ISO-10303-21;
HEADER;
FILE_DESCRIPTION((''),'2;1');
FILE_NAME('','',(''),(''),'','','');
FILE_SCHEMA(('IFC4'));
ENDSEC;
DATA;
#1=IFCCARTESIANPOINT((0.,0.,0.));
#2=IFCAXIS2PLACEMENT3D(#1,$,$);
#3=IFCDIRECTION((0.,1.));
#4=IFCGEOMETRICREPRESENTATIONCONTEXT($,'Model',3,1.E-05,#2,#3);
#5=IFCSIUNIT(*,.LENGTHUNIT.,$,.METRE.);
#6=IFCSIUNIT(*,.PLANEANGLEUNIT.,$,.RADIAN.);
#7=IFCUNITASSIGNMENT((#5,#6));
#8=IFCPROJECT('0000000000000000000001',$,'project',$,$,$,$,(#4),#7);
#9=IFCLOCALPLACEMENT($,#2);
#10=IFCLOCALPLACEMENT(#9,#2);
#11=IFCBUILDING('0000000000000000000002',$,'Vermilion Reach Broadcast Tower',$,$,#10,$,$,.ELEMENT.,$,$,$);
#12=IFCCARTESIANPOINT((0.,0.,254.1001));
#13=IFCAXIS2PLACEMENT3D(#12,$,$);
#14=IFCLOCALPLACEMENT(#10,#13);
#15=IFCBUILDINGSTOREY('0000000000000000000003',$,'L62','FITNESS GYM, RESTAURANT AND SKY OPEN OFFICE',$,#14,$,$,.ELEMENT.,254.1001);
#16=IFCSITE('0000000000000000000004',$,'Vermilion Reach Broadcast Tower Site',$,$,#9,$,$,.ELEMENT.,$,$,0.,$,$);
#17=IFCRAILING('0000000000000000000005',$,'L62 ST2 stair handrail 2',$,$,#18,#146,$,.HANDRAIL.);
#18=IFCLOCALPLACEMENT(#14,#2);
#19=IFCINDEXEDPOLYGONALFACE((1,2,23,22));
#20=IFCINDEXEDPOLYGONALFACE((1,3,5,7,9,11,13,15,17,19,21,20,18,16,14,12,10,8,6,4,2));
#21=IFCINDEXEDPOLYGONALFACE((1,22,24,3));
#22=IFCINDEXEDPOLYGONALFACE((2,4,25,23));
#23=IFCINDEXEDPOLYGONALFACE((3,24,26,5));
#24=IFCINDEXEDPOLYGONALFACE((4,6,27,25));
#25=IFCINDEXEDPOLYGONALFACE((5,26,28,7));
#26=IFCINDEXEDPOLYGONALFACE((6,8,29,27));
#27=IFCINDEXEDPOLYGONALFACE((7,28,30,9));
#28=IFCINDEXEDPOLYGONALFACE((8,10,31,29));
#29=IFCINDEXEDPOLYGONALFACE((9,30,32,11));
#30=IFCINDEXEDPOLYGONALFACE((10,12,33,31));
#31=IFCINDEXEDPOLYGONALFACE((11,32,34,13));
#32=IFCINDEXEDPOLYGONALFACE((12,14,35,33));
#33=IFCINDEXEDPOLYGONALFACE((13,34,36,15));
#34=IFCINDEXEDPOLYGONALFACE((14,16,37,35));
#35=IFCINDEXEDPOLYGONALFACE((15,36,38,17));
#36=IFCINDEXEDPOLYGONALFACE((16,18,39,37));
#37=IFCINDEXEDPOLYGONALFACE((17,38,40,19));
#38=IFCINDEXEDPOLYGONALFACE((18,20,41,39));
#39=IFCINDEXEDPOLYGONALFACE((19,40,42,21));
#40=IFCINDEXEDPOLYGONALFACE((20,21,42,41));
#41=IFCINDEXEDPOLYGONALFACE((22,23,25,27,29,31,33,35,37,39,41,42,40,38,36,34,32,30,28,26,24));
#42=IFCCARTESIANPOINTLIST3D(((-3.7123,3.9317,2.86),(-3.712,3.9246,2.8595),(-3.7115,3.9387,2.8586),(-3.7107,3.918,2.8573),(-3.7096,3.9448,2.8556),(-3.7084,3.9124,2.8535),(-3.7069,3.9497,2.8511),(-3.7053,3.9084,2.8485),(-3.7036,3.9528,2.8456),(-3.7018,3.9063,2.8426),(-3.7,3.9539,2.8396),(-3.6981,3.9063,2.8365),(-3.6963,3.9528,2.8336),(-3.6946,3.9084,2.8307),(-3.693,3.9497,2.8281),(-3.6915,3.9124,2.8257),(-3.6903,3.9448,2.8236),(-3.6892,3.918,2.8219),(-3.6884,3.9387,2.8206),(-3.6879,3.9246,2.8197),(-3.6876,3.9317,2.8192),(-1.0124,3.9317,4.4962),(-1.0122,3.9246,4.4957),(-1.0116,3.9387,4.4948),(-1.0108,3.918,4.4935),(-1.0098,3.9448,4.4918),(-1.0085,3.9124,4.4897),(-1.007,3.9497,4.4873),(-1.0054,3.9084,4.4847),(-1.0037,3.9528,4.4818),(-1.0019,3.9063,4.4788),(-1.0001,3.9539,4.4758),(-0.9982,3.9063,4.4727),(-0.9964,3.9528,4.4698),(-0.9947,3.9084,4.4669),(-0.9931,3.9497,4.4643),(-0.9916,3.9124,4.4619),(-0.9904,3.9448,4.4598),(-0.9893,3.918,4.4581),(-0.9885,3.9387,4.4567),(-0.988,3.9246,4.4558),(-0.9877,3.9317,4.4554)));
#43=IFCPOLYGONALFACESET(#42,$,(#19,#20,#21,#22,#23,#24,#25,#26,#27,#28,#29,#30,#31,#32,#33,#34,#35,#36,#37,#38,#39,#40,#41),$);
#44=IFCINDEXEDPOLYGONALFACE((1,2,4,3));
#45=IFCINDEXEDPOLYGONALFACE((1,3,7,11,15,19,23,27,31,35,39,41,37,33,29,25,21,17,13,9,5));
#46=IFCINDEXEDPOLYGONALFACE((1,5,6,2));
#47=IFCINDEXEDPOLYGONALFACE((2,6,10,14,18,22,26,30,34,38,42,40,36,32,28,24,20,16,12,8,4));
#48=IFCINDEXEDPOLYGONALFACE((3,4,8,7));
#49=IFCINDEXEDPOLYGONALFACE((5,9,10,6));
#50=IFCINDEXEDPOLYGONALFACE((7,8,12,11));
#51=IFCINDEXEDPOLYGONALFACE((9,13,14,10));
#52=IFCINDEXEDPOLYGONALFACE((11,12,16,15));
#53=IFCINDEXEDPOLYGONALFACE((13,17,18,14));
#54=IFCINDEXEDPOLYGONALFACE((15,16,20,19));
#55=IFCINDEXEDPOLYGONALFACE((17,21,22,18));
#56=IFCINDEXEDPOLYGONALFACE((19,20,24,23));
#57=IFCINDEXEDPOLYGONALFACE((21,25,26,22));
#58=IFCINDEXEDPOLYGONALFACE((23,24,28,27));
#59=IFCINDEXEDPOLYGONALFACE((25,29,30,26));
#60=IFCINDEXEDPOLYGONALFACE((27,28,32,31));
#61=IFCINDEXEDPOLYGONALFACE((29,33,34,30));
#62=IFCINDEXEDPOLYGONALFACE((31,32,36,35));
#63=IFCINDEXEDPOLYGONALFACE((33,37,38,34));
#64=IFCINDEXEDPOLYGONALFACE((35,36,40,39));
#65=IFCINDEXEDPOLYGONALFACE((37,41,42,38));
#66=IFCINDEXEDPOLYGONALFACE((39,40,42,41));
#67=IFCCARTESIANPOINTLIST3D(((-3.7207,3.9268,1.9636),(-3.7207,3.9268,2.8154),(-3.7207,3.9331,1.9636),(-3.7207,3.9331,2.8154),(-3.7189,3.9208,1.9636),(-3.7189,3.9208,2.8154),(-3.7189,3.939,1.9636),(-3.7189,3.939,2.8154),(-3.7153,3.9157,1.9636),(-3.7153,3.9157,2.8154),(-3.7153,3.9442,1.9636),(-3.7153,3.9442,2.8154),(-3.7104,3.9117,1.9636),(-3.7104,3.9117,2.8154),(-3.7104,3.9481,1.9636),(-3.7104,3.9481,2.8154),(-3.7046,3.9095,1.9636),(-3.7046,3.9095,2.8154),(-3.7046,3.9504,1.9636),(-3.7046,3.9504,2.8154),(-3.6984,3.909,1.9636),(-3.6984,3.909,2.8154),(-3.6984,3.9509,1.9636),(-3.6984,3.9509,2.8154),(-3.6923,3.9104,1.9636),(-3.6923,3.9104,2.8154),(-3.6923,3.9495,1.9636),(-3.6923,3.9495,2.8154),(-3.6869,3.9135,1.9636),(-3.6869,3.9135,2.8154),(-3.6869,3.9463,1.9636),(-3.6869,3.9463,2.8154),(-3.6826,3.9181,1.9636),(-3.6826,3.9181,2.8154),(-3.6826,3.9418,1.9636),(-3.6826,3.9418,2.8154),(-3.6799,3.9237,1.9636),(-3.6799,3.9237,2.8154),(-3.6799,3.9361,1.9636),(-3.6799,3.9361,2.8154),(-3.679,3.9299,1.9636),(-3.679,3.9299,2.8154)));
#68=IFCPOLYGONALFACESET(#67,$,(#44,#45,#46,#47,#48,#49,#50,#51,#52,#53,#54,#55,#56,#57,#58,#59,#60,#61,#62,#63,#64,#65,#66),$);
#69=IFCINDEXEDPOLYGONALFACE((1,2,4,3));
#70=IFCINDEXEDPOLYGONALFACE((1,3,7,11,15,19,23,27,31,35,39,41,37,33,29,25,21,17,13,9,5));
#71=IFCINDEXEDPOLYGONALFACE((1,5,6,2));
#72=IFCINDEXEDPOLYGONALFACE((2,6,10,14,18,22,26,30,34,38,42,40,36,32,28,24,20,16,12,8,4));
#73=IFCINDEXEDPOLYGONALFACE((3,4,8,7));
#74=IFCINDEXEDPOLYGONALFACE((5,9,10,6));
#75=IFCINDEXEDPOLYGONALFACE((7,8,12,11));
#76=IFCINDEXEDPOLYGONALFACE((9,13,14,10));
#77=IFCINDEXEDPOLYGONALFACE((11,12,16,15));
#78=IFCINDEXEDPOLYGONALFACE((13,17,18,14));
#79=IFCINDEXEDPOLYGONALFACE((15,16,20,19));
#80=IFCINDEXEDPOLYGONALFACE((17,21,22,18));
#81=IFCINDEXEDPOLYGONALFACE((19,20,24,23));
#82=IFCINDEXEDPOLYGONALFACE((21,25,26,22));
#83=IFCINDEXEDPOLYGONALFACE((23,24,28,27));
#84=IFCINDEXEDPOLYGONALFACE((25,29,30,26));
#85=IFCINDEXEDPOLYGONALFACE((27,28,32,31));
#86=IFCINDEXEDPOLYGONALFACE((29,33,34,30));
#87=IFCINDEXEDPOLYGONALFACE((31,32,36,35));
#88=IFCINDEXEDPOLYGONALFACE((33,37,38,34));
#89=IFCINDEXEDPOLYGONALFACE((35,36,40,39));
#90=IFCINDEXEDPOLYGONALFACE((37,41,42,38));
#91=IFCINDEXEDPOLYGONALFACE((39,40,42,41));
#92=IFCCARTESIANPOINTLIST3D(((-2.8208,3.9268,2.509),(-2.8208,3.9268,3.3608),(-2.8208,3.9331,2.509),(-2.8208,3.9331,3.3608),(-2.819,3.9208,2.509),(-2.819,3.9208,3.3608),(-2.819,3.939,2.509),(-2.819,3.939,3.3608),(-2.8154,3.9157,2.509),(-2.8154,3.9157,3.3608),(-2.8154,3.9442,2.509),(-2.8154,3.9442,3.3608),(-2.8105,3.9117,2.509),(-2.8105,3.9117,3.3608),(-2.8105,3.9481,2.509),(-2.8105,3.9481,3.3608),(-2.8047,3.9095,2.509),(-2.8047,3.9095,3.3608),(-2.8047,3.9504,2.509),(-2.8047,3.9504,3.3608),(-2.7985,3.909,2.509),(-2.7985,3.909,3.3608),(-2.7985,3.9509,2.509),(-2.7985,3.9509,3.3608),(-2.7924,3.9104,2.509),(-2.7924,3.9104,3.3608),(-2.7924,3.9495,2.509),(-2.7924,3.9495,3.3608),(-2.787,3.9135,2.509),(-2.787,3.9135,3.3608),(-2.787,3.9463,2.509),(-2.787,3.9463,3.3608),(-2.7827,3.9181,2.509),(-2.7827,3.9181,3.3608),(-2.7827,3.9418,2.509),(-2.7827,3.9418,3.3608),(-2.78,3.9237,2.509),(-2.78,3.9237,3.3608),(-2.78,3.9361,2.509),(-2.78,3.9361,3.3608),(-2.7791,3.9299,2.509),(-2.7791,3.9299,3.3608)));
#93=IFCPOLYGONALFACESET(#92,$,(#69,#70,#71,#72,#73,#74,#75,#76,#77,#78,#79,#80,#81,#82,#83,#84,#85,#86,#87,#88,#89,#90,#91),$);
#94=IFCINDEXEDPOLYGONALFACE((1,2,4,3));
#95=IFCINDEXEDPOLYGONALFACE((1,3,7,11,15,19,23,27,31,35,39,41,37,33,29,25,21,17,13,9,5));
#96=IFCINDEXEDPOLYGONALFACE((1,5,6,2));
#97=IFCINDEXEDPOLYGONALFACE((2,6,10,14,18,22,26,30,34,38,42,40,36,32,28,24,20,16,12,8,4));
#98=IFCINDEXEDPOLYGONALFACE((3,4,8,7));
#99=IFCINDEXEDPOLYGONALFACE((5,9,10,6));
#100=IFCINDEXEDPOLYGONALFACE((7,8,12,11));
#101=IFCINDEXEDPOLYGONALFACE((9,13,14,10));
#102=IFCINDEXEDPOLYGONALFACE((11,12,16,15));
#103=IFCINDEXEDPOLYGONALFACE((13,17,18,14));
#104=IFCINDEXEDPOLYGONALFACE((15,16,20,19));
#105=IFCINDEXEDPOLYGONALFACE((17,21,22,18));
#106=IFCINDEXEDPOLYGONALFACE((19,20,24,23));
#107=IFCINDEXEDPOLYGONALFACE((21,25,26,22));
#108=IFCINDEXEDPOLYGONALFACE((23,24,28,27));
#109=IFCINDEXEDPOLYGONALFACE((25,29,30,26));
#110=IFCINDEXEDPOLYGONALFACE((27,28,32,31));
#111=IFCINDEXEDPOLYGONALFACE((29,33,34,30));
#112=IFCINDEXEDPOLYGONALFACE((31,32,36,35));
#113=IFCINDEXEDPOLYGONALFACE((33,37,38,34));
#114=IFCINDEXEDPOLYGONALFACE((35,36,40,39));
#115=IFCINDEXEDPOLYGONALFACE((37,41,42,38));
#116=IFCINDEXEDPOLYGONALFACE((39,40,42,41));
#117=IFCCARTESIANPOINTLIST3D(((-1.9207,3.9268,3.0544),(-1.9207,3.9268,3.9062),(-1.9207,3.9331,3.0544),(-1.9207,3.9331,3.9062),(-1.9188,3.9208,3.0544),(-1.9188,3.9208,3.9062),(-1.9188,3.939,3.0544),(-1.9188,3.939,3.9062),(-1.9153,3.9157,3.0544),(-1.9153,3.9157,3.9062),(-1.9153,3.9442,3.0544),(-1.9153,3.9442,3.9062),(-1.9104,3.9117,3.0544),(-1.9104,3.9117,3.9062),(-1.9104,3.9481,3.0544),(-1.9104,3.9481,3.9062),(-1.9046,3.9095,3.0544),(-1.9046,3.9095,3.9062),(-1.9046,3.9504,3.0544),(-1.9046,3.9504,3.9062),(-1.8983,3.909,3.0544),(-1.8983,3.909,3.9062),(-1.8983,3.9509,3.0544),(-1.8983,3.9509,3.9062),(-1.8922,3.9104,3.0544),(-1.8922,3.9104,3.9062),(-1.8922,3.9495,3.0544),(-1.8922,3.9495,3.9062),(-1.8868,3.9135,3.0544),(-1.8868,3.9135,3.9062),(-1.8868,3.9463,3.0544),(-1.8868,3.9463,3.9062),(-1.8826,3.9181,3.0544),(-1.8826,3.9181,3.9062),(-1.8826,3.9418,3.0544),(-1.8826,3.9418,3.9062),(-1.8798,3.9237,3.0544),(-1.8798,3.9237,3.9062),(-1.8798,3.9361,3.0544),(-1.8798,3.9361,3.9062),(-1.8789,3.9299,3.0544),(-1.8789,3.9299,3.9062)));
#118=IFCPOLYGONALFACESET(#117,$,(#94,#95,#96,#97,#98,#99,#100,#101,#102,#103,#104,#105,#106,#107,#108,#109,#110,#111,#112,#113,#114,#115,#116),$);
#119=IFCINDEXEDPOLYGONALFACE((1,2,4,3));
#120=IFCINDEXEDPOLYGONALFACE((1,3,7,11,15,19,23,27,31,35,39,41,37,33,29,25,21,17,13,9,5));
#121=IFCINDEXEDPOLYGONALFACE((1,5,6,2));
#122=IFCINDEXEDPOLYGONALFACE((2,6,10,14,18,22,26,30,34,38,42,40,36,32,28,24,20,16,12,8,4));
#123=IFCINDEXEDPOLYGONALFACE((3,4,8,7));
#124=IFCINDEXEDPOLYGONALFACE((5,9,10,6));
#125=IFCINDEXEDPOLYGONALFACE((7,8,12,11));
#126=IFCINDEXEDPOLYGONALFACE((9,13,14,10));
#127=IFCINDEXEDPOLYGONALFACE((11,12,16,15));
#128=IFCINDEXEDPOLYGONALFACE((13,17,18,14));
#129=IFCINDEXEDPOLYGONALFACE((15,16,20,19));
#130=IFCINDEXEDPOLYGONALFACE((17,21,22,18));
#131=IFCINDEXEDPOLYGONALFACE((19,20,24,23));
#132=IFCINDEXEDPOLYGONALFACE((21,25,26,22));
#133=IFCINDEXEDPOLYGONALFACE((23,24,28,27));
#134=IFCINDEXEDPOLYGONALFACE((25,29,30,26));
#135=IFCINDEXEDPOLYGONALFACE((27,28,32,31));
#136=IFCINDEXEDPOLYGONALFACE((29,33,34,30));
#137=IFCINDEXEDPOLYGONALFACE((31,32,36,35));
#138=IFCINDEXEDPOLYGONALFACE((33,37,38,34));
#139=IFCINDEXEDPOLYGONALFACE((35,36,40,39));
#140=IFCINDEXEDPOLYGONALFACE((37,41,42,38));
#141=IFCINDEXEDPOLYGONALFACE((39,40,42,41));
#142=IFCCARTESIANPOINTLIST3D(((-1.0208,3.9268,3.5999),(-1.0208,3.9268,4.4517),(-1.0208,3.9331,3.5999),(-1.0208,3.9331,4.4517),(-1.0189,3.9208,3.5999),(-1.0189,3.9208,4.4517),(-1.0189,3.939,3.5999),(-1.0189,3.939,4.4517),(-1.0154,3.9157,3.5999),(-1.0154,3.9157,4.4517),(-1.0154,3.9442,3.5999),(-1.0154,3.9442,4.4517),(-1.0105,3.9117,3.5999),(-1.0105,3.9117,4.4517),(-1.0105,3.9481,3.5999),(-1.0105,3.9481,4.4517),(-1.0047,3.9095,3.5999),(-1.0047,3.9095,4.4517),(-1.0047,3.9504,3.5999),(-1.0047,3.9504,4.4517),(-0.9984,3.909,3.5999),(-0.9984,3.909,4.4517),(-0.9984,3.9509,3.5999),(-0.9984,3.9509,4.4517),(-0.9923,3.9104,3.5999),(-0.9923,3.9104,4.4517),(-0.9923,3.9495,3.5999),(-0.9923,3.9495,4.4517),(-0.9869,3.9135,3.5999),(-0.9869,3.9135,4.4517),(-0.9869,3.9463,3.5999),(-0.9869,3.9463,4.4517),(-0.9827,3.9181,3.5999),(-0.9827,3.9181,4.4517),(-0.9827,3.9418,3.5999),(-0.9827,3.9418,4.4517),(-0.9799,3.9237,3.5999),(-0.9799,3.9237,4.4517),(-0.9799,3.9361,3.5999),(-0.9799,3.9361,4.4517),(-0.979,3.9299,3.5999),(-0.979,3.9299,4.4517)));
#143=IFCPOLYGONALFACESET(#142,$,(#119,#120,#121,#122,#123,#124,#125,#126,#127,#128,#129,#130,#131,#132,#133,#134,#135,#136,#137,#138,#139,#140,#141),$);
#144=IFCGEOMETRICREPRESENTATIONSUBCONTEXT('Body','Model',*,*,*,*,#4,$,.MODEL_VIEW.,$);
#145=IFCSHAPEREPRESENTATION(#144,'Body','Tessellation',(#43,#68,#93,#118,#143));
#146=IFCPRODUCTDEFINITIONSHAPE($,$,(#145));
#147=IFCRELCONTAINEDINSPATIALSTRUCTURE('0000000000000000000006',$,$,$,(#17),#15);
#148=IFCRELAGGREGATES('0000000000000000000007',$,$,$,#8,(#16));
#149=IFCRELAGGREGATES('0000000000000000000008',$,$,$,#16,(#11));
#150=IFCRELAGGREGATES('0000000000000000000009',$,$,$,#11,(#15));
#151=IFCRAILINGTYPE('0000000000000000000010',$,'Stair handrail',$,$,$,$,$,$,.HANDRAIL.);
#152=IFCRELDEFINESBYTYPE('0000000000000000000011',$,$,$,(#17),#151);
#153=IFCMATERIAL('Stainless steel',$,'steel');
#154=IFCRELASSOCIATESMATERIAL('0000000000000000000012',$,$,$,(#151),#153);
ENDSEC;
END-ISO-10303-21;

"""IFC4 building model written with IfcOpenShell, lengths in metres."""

from ifc_helpers import new_model, si_unit, direction, frame, origin, origin_2d, place, context, subcontext, project, spatial, circle, extrude, material, type_object, element, save


model = new_model("IFC4")

# Units and contexts
model_context = context("Model", 3, precision=1e-05, world=origin(), true_north=direction((0.0, 1.0)))
body_context = subcontext(model_context, "Body", "Model", "MODEL_VIEW")
ifc_project = project(units=[si_unit("LENGTHUNIT", "METRE"), si_unit("PLANEANGLEUNIT", "RADIAN")], contexts=[model_context])

# Site, building, storey
site_placement = place(None, origin())
site = spatial("IfcSite", under=ifc_project, at=site_placement, Name="Vermilion Reach Broadcast Tower Site", CompositionType="ELEMENT", RefElevation=0.0)
building_placement = place(site_placement, origin())
building = spatial("IfcBuilding", under=site, at=building_placement, Name="Vermilion Reach Broadcast Tower", CompositionType="ELEMENT")
storey_placement = place(building_placement, frame((0.0, 0.0, 254.1001)))
storey = spatial("IfcBuildingStorey", under=building, at=storey_placement, Name="L62", Description="FITNESS GYM, RESTAURANT AND SKY OPEN OFFICE", CompositionType="ELEMENT", Elevation=254.1001)

# Railing
ifc_material_1 = material(Name="Stainless steel", Category="steel")
railing_type_1 = type_object("IfcRailingType", Name="Stair handrail", PredefinedType="HANDRAIL", material=ifc_material_1)
railing_1_placement = place(storey_placement, frame((-3.7, 3.9299, 1.9636)))
element("IfcRailing", 1, at=railing_1_placement, inside=storey, type_object=railing_type_1, Name="L62 ST2 stair handrail 2", PredefinedType="HANDRAIL", context=body_context, shape_type="SweptSolid", body=[
    extrude(circle(Radius=0.0239, at=origin_2d()), frame((0.0, 0.0, 0.876), z_axis=(0.855212, 0.0, 0.518278), x_axis=(0.0, 1.0, 0.0)), (0.0, 0.0, 1.0), 3.157),
    extrude(circle(Radius=0.021, at=origin_2d()), origin(), (0.0, 0.0, 1.0), 0.8518),
    extrude(circle(Radius=0.021, at=origin_2d()), frame((0.8999, 0.0, 0.5454)), (0.0, 0.0, 1.0), 0.8518),
    extrude(circle(Radius=0.021, at=origin_2d()), frame((1.8, 0.0, 1.0908)), (0.0, 0.0, 1.0), 0.8518),
    extrude(circle(Radius=0.021, at=origin_2d()), frame((2.7, 0.0, 1.6362)), (0.0, 0.0, 1.0), 0.8518),
])

save(model, "model.ifc")
